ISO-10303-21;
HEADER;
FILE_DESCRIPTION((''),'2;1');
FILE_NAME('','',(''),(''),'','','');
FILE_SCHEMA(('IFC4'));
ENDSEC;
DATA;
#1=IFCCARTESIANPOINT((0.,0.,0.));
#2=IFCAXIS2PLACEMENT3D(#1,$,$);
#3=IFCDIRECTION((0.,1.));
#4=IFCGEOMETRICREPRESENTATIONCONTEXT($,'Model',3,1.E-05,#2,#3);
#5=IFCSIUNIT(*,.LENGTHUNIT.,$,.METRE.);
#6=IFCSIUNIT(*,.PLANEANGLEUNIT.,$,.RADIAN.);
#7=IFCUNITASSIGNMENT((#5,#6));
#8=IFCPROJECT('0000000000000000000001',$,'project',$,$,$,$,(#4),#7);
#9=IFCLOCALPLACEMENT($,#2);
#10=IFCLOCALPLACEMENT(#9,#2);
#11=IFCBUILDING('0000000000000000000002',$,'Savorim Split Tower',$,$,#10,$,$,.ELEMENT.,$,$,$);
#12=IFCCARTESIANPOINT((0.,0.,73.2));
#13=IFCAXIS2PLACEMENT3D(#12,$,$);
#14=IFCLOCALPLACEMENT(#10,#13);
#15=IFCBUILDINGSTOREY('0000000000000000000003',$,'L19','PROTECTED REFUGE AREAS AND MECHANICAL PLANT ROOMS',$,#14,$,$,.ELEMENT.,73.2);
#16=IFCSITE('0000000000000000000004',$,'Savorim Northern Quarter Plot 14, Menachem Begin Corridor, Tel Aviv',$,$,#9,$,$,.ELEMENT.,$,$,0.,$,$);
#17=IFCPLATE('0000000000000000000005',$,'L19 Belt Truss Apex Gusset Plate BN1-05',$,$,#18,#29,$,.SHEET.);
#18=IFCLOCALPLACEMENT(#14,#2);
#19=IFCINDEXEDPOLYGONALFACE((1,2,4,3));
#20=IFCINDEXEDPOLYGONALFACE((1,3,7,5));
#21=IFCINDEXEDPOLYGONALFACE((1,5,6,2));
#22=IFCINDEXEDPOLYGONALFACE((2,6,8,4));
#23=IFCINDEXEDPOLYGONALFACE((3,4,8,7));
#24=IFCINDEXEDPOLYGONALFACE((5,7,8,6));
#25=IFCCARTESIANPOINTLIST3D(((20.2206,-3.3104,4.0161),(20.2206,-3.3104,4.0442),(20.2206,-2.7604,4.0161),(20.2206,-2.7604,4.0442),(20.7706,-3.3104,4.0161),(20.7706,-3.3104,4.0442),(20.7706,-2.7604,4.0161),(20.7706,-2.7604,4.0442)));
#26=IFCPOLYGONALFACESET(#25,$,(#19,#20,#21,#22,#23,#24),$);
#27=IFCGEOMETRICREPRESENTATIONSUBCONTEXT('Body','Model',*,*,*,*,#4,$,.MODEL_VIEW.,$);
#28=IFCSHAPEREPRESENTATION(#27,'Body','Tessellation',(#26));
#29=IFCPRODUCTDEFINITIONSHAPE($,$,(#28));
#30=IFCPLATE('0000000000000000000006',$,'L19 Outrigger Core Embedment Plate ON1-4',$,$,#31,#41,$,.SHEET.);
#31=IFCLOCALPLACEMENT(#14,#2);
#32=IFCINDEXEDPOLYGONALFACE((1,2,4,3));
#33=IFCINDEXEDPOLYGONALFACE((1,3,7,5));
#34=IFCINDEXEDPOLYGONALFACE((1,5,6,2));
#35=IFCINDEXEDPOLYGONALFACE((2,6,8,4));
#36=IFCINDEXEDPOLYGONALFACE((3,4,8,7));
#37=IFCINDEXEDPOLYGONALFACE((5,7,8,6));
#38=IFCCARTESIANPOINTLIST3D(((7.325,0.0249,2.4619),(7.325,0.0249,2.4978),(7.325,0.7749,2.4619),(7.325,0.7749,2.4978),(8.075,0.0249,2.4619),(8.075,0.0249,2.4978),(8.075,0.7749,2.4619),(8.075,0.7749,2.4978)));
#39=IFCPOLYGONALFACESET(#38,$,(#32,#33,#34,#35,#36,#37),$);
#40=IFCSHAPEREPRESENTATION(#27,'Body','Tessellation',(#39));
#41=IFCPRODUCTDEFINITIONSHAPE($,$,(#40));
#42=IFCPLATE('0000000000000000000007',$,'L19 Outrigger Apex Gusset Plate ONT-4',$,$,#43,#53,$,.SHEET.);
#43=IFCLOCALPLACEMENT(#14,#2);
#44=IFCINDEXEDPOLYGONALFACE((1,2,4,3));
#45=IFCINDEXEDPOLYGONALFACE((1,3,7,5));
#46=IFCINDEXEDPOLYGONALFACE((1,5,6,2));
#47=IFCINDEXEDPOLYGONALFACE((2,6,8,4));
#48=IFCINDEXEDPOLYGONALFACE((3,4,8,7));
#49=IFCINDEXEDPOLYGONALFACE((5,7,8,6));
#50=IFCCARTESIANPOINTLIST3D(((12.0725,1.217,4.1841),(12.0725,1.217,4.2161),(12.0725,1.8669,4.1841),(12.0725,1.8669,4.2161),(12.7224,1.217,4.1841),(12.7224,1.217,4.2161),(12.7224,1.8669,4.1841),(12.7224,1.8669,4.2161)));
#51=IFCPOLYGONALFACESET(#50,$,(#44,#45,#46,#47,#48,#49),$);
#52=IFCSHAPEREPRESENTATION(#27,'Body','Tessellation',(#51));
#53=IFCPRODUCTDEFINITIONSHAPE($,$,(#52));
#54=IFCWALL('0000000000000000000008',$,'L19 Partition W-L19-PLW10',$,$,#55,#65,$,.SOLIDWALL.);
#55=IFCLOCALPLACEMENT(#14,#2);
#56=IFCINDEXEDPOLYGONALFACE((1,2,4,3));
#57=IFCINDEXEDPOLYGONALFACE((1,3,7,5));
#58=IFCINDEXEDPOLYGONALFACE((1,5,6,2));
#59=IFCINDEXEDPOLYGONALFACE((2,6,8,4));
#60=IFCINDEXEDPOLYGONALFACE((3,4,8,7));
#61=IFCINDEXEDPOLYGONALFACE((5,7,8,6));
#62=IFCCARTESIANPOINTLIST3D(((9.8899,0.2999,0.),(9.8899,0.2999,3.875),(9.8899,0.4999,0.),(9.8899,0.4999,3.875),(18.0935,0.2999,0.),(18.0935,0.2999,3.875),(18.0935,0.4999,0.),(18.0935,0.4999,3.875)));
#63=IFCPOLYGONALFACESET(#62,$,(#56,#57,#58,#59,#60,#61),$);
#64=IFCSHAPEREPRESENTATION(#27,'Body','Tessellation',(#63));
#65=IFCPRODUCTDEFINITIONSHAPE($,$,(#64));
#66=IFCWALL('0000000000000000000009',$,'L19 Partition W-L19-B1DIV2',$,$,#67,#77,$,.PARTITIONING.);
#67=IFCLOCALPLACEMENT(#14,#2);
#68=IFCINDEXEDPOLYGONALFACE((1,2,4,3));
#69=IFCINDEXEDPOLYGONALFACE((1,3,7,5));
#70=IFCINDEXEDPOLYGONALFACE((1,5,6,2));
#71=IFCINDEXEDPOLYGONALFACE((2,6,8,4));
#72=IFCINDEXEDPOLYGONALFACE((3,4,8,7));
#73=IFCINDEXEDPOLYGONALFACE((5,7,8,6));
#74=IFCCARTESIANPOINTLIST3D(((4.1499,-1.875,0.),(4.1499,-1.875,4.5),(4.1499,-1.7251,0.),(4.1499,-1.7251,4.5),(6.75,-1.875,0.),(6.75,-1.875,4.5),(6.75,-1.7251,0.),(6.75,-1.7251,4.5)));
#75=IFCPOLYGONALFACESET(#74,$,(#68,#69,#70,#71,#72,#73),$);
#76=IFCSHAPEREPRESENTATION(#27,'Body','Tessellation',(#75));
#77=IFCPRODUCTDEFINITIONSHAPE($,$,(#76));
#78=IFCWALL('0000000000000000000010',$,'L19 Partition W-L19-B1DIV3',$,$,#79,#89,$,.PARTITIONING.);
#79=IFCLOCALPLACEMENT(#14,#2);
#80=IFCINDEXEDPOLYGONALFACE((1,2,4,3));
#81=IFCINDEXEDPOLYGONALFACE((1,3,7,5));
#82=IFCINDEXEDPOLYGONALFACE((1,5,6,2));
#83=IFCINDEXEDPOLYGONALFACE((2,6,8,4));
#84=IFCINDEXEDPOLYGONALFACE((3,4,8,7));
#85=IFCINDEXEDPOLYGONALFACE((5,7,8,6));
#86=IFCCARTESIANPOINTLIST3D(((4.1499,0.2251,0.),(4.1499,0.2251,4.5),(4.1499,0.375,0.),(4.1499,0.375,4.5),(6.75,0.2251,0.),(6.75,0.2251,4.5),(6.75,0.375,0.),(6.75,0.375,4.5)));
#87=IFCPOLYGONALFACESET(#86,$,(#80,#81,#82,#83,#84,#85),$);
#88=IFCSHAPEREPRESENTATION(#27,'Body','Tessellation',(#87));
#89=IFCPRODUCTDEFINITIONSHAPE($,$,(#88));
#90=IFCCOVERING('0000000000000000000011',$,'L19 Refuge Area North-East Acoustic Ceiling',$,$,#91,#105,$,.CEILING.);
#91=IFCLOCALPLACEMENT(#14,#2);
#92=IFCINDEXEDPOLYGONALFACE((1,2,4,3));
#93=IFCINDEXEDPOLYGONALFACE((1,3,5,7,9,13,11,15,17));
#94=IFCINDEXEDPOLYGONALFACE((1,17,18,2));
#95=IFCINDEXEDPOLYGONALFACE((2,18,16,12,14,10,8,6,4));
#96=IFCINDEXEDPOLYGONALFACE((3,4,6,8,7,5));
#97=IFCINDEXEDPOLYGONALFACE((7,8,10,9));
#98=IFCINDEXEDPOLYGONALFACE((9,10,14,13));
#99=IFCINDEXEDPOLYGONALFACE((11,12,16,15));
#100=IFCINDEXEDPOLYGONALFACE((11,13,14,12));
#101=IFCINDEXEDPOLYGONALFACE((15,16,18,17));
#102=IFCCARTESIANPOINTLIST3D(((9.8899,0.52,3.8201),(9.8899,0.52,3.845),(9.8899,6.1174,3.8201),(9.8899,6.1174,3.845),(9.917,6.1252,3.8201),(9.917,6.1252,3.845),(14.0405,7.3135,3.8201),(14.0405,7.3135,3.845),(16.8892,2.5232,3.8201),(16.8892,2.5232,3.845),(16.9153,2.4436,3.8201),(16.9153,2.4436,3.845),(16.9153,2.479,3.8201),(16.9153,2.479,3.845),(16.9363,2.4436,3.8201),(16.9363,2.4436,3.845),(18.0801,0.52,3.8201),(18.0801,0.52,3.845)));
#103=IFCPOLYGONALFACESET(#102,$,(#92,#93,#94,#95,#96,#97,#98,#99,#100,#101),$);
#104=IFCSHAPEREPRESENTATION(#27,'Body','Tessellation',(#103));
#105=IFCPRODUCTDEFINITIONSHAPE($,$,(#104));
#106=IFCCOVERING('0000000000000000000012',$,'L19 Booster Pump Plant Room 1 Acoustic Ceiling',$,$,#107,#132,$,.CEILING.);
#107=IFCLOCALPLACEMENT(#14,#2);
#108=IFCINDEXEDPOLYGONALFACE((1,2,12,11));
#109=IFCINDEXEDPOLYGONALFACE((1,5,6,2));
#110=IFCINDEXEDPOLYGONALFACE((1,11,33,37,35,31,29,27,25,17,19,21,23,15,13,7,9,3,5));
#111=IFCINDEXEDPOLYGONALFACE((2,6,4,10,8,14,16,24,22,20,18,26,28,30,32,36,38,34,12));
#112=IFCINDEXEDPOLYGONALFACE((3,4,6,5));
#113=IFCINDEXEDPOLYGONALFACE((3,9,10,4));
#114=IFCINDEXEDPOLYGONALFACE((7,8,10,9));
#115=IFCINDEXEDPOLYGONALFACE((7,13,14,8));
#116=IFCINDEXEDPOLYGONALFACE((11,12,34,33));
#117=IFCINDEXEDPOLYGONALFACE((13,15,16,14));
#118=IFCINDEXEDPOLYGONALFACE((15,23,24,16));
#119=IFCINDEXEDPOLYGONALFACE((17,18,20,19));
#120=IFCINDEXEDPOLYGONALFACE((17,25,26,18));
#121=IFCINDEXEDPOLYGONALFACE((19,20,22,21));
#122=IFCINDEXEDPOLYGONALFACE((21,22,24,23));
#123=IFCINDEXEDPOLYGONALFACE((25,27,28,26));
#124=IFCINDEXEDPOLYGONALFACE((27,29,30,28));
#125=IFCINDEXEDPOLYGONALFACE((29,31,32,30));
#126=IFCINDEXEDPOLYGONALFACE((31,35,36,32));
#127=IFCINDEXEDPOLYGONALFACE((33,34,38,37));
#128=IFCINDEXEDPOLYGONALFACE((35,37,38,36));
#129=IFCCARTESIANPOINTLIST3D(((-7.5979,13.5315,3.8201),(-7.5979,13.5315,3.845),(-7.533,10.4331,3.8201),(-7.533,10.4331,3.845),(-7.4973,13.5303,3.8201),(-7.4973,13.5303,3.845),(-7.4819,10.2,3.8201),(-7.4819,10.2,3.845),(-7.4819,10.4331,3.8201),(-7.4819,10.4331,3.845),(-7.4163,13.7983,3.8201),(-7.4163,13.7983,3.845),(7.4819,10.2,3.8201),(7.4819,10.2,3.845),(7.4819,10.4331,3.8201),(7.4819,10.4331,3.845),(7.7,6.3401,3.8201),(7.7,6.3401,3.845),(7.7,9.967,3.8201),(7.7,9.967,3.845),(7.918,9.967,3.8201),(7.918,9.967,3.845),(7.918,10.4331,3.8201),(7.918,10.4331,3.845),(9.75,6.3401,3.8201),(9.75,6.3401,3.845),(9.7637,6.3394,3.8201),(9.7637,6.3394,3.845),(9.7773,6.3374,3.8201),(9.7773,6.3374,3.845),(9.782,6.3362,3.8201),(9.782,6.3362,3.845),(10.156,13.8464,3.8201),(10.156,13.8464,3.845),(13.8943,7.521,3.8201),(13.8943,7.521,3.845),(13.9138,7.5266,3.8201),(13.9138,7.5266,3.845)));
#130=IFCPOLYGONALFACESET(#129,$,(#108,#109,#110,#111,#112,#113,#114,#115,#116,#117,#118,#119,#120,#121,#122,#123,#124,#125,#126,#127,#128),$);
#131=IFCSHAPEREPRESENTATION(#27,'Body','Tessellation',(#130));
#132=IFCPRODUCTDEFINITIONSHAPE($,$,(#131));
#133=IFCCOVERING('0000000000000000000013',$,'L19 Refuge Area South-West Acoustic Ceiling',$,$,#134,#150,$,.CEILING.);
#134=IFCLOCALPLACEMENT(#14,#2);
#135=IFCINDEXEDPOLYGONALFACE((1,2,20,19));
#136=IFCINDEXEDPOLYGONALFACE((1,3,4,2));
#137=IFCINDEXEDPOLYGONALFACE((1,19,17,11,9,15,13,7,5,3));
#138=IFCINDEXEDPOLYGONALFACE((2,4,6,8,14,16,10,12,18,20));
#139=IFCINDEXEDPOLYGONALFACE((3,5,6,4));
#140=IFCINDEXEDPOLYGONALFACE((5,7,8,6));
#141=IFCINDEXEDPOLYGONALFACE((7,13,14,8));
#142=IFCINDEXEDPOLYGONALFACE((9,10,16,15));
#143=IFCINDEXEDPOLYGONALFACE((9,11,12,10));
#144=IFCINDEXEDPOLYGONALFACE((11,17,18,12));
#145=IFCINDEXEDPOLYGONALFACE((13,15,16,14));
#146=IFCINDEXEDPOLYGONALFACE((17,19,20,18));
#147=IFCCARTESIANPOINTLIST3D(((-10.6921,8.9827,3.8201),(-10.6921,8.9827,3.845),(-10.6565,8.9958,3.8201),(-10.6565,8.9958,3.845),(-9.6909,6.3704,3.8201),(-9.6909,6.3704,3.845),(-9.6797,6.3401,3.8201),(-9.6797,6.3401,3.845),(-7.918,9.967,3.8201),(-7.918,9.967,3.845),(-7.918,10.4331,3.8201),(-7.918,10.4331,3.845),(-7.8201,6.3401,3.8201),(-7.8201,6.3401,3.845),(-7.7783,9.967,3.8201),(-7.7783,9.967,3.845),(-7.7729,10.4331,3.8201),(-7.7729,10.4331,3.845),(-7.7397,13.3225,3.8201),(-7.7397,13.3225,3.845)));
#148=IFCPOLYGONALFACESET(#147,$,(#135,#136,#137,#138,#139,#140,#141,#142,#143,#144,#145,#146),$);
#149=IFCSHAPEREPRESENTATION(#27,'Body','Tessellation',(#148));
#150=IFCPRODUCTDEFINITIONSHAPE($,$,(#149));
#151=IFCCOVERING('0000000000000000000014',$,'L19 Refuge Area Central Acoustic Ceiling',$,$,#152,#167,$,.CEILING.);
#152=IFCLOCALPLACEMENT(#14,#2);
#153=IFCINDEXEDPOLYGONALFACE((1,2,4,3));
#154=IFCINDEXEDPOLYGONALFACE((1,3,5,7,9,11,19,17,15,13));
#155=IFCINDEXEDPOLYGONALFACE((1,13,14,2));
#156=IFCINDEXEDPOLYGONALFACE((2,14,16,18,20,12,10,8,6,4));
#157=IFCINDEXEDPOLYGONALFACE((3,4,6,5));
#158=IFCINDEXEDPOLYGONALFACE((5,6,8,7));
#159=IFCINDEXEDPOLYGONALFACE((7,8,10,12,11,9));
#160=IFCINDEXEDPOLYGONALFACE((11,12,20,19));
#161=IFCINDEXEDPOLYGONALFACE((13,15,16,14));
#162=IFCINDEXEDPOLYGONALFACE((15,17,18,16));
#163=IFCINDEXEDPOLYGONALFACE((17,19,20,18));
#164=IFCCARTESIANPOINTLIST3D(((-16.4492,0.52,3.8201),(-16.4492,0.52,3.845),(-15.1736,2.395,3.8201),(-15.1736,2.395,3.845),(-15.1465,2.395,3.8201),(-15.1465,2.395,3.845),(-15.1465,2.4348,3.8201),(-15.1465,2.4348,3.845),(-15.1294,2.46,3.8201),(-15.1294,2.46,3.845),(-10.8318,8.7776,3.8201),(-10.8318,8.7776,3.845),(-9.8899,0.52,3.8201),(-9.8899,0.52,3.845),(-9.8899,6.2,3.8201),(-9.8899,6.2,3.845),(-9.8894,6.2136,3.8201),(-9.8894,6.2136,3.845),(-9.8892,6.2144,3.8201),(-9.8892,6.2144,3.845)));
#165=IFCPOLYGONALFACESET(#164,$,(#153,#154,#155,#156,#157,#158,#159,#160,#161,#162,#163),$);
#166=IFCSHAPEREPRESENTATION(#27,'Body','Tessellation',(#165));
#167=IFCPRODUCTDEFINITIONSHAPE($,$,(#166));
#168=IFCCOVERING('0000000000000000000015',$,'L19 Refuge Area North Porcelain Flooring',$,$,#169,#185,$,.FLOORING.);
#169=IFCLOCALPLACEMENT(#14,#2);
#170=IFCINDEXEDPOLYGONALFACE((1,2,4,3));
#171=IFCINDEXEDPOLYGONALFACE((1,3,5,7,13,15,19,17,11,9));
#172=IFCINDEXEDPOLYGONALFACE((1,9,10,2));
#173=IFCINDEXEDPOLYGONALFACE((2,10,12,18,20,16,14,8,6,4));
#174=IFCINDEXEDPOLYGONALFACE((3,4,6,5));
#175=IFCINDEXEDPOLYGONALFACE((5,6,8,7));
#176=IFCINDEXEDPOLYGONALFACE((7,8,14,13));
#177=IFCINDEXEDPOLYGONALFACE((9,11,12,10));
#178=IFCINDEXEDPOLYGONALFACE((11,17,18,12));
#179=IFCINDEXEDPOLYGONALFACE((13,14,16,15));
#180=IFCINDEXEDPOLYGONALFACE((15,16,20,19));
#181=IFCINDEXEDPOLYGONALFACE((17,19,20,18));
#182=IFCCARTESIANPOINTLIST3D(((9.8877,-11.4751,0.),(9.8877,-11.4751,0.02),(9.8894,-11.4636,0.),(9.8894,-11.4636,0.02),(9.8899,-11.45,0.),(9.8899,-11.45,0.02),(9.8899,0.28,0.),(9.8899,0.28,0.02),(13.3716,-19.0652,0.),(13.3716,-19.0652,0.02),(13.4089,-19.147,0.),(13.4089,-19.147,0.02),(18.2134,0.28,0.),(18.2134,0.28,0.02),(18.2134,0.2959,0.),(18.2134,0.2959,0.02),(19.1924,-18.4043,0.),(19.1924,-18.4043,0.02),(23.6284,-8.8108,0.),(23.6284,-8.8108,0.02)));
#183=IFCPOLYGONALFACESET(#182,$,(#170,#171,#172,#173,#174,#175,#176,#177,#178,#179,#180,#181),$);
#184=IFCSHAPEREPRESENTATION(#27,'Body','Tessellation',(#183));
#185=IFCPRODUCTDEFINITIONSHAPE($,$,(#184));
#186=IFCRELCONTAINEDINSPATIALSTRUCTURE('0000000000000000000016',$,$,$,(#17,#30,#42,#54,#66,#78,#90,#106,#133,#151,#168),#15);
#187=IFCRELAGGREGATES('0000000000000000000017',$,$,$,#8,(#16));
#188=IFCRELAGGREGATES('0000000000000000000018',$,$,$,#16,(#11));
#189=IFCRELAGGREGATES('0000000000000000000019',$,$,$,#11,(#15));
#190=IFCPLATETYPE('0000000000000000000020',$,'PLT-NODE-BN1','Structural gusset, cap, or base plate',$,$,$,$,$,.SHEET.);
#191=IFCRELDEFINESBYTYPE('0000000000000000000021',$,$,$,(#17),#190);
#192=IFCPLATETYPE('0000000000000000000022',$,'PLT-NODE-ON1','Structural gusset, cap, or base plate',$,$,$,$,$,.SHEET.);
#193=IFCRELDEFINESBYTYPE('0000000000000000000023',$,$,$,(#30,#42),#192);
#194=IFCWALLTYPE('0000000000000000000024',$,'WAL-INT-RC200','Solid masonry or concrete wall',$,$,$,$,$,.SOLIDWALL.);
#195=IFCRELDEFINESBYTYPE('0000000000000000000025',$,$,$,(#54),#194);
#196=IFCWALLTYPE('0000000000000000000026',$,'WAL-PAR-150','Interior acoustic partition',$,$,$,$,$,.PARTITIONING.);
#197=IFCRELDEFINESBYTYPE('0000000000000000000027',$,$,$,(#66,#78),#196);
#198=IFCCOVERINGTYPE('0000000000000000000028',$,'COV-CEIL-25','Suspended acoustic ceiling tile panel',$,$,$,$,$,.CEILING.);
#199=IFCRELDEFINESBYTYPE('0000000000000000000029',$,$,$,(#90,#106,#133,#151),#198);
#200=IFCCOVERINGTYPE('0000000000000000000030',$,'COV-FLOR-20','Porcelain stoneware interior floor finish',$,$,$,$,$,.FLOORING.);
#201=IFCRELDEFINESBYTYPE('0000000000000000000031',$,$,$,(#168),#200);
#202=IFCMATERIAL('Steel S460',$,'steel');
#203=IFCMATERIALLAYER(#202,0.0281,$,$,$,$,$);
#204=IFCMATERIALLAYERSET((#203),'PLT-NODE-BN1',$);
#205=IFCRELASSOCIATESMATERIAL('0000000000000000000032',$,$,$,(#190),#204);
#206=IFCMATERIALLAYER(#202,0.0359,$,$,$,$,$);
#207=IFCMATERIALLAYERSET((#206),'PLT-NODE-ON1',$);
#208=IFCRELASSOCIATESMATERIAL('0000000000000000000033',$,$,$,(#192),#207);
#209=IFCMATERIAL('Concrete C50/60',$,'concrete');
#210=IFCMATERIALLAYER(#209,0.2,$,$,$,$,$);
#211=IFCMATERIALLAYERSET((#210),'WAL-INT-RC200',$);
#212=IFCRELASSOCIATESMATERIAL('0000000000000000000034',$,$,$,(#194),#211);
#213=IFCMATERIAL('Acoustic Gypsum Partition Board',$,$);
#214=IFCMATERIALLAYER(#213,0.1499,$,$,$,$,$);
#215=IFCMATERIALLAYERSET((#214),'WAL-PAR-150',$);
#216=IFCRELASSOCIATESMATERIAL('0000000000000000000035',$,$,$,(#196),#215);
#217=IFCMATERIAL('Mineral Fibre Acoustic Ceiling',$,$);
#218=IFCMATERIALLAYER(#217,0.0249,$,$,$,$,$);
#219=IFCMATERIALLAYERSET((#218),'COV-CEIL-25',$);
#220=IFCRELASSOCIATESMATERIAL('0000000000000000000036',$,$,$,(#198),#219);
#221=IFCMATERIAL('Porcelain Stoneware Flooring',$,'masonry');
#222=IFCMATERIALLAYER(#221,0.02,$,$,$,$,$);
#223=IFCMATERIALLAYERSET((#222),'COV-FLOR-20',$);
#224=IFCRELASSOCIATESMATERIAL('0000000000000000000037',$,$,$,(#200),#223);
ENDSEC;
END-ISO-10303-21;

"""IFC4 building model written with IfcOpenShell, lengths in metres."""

from ifc_helpers import new_model, si_unit, direction, frame, frame_2d, origin, origin_2d, place, context, subcontext, project, spatial, polyline, rectangle, outline, extrude, material, layer, layer_set, type_object, element, save


model = new_model("IFC4")

# Units and contexts
model_context = context("Model", 3, precision=1e-05, world=origin(), true_north=direction((0.0, 1.0)))
body_context = subcontext(model_context, "Body", "Model", "MODEL_VIEW")
ifc_project = project(units=[si_unit("LENGTHUNIT", "METRE"), si_unit("PLANEANGLEUNIT", "RADIAN")], contexts=[model_context])

# Site, building, storey
site_placement = place(None, origin())
site = spatial("IfcSite", under=ifc_project, at=site_placement, Name="Savorim Northern Quarter Plot 14, Menachem Begin Corridor, Tel Aviv", CompositionType="ELEMENT", RefElevation=0.0)
building_placement = place(site_placement, origin())
building = spatial("IfcBuilding", under=site, at=building_placement, Name="Savorim Split Tower", CompositionType="ELEMENT")
storey_placement = place(building_placement, frame((0.0, 0.0, 73.2)))
storey = spatial("IfcBuildingStorey", under=building, at=storey_placement, Name="L19", Description="PROTECTED REFUGE AREAS AND MECHANICAL PLANT ROOMS", CompositionType="ELEMENT", Elevation=73.2)

# Shared definitions
ifc_material_1 = material(Name="Steel S460", Category="steel")

# Plates
ifc_layer_1 = layer(ifc_material_1, 0.0281)
ifc_layer_set_1 = layer_set([ifc_layer_1], Name="PLT-NODE-BN1")
plate_type_1 = type_object("IfcPlateType", Name="PLT-NODE-BN1", Description="Structural gusset, cap, or base plate", PredefinedType="SHEET", material=ifc_layer_set_1)
plate_1_placement = place(storey_placement, frame((20.4956, -3.0354, 4.0161), z_axis=(0.0, 0.0, 1.0), x_axis=(1.0, 0.0, 0.0)))
element("IfcPlate", 1, at=plate_1_placement, inside=storey, type_object=plate_type_1, Name="L19 Belt Truss Apex Gusset Plate BN1-05", PredefinedType="SHEET", context=body_context, shape_type="SweptSolid", body=[
    extrude(rectangle(XDim=0.55, YDim=0.55, at=origin_2d()), origin(), (0.0, 0.0, 1.0), 0.0281),
])
ifc_layer_2 = layer(ifc_material_1, 0.0359)
ifc_layer_set_2 = layer_set([ifc_layer_2], Name="PLT-NODE-ON1")
plate_type_2 = type_object("IfcPlateType", Name="PLT-NODE-ON1", Description="Structural gusset, cap, or base plate", PredefinedType="SHEET", material=ifc_layer_set_2)
plate_2_placement = place(storey_placement, frame((7.7, 0.3999, 2.4619), z_axis=(0.0, 0.0, 1.0), x_axis=(1.0, 0.0, 0.0)))
element("IfcPlate", 2, at=plate_2_placement, inside=storey, type_object=plate_type_2, Name="L19 Outrigger Core Embedment Plate ON1-4", PredefinedType="SHEET", context=body_context, shape_type="SweptSolid", body=[
    extrude(rectangle(XDim=0.75, YDim=0.75, at=origin_2d()), origin(), (0.0, 0.0, 1.0), 0.0359),
])
plate_3_placement = place(storey_placement, frame((12.3975, 1.542, 4.1841), z_axis=(0.0, 0.0, 1.0), x_axis=(1.0, 0.0, 0.0)))
element("IfcPlate", 3, at=plate_3_placement, inside=storey, type_object=plate_type_2, Name="L19 Outrigger Apex Gusset Plate ONT-4", PredefinedType="SHEET", context=body_context, shape_type="SweptSolid", body=[
    extrude(rectangle(XDim=0.6499, YDim=0.6499, at=origin_2d()), origin(), (0.0, 0.0, 1.0), 0.032),
])

# Walls
ifc_material_2 = material(Name="Concrete C50/60", Category="concrete")
ifc_layer_3 = layer(ifc_material_2, 0.2)
ifc_layer_set_3 = layer_set([ifc_layer_3], Name="WAL-INT-RC200")
wall_type_1 = type_object("IfcWallType", Name="WAL-INT-RC200", Description="Solid masonry or concrete wall", PredefinedType="SOLIDWALL", material=ifc_layer_set_3)
wall_placement = place(storey_placement, frame((9.8899, 0.3999, 0.0), z_axis=(0.0, 0.0, 1.0), x_axis=(1.0, 0.0, 0.0)))
element("IfcWall", 4, at=wall_placement, inside=storey, type_object=wall_type_1, Name="L19 Partition W-L19-PLW10", PredefinedType="SOLIDWALL", context=body_context, shape_type="SweptSolid", body=[
    extrude(rectangle(XDim=8.2036, YDim=0.2, at=frame_2d((4.1018, 0.0))), origin(), (0.0, 0.0, 1.0), 3.875),
])
ifc_material_3 = material(Name="Acoustic Gypsum Partition Board")
ifc_layer_4 = layer(ifc_material_3, 0.1499)
ifc_layer_set_4 = layer_set([ifc_layer_4], Name="WAL-PAR-150")
wall_type_2 = type_object("IfcWallType", Name="WAL-PAR-150", Description="Interior acoustic partition", PredefinedType="PARTITIONING", material=ifc_layer_set_4)
for number, where, z_axis, x_axis, name in (
    (5, (4.1499, -1.8, 0.0), (0.0, 0.0, 1.0), (1.0, 0.0, 0.0), "L19 Partition W-L19-B1DIV2"),
    (6, (4.1499, 0.3, 0.0), (0.0, 0.0, 1.0), (1.0, 0.0, 0.0), "L19 Partition W-L19-B1DIV3"),
):
    element("IfcWall", number, at=place(storey_placement, frame(where, z_axis=z_axis, x_axis=x_axis)), inside=storey, type_object=wall_type_2, Name=name, PredefinedType="PARTITIONING", context=body_context, shape_type="SweptSolid", body=[
        extrude(rectangle(XDim=2.6001, YDim=0.1499, at=frame_2d((1.3, 0.0))), origin(), (0.0, 0.0, 1.0), 4.5),
    ])

# Coverings
ifc_material_4 = material(Name="Mineral Fibre Acoustic Ceiling")
ifc_layer_5 = layer(ifc_material_4, 0.0249)
ifc_layer_set_5 = layer_set([ifc_layer_5], Name="COV-CEIL-25")
covering_type_1 = type_object("IfcCoveringType", Name="COV-CEIL-25", Description="Suspended acoustic ceiling tile panel", PredefinedType="CEILING", material=ifc_layer_set_5)
covering_1_placement = place(storey_placement, frame((0.0, 0.0, 3.8201)))
element("IfcCovering", 7, at=covering_1_placement, inside=storey, type_object=covering_type_1, Name="L19 Refuge Area North-East Acoustic Ceiling", PredefinedType="CEILING", context=body_context, shape_type="SweptSolid", body=[
    extrude(outline(polyline([(16.9153, 2.4436), (16.9153, 2.479), (16.8892, 2.5232), (14.0405, 7.3135), (9.917, 6.1252), (9.8899, 6.1174), (9.8899, 0.52), (18.0801, 0.52), (16.9363, 2.4436), (16.9153, 2.4436)])), origin(), (0.0, 0.0, 1.0), 0.0249),
])
covering_2_placement = place(storey_placement, frame((0.0, 0.0, 3.8201)))
element("IfcCovering", 8, at=covering_2_placement, inside=storey, type_object=covering_type_1, Name="L19 Booster Pump Plant Room 1 Acoustic Ceiling", PredefinedType="CEILING", context=body_context, shape_type="SweptSolid", body=[
    extrude(outline(polyline([(13.9138, 7.5266), (10.156, 13.8464), (-7.4163, 13.7983), (-7.5979, 13.5315), (-7.4973, 13.5303), (-7.533, 10.4331), (-7.4819, 10.4331), (-7.4819, 10.2), (7.4819, 10.2), (7.4819, 10.4331), (7.918, 10.4331), (7.918, 9.967), (7.7, 9.967), (7.7, 6.3401), (9.75, 6.3401), (9.7637, 6.3394), (9.7773, 6.3374), (9.782, 6.3362), (13.8943, 7.521), (13.9138, 7.5266)])), origin(), (0.0, 0.0, 1.0), 0.0249),
])
covering_3_placement = place(storey_placement, frame((0.0, 0.0, 3.8201)))
element("IfcCovering", 9, at=covering_3_placement, inside=storey, type_object=covering_type_1, Name="L19 Refuge Area South-West Acoustic Ceiling", PredefinedType="CEILING", context=body_context, shape_type="SweptSolid", body=[
    extrude(outline(polyline([(-7.918, 10.4331), (-7.7729, 10.4331), (-7.7397, 13.3225), (-10.6921, 8.9827), (-10.6565, 8.9958), (-9.6909, 6.3704), (-9.6797, 6.3401), (-7.8201, 6.3401), (-7.7783, 9.967), (-7.918, 9.967), (-7.918, 10.4331)])), origin(), (0.0, 0.0, 1.0), 0.0249),
])
covering_4_placement = place(storey_placement, frame((0.0, 0.0, 3.8201)))
element("IfcCovering", 10, at=covering_4_placement, inside=storey, type_object=covering_type_1, Name="L19 Refuge Area Central Acoustic Ceiling", PredefinedType="CEILING", context=body_context, shape_type="SweptSolid", body=[
    extrude(outline(polyline([(-9.8894, 6.2136), (-9.8892, 6.2144), (-10.8318, 8.7776), (-15.1294, 2.46), (-15.1465, 2.4348), (-15.1465, 2.395), (-15.1736, 2.395), (-16.4492, 0.52), (-9.8899, 0.52), (-9.8899, 6.2), (-9.8894, 6.2136)])), origin(), (0.0, 0.0, 1.0), 0.0249),
])
ifc_material_5 = material(Name="Porcelain Stoneware Flooring", Category="masonry")
ifc_layer_6 = layer(ifc_material_5, 0.02)
ifc_layer_set_6 = layer_set([ifc_layer_6], Name="COV-FLOR-20")
covering_type_2 = type_object("IfcCoveringType", Name="COV-FLOR-20", Description="Porcelain stoneware interior floor finish", PredefinedType="FLOORING", material=ifc_layer_set_6)
covering_5_placement = place(storey_placement, origin())
element("IfcCovering", 11, at=covering_5_placement, inside=storey, type_object=covering_type_2, Name="L19 Refuge Area North Porcelain Flooring", PredefinedType="FLOORING", context=body_context, shape_type="SweptSolid", body=[
    extrude(outline(polyline([(13.4089, -19.147), (19.1924, -18.4043), (23.6284, -8.8108), (18.2134, 0.2959), (18.2134, 0.28), (9.8899, 0.28), (9.8899, -11.45), (9.8894, -11.4636), (9.8877, -11.4751), (13.3716, -19.0652), (13.4089, -19.147)])), origin(), (0.0, 0.0, 1.0), 0.02),
])

save(model, "model.ifc")
